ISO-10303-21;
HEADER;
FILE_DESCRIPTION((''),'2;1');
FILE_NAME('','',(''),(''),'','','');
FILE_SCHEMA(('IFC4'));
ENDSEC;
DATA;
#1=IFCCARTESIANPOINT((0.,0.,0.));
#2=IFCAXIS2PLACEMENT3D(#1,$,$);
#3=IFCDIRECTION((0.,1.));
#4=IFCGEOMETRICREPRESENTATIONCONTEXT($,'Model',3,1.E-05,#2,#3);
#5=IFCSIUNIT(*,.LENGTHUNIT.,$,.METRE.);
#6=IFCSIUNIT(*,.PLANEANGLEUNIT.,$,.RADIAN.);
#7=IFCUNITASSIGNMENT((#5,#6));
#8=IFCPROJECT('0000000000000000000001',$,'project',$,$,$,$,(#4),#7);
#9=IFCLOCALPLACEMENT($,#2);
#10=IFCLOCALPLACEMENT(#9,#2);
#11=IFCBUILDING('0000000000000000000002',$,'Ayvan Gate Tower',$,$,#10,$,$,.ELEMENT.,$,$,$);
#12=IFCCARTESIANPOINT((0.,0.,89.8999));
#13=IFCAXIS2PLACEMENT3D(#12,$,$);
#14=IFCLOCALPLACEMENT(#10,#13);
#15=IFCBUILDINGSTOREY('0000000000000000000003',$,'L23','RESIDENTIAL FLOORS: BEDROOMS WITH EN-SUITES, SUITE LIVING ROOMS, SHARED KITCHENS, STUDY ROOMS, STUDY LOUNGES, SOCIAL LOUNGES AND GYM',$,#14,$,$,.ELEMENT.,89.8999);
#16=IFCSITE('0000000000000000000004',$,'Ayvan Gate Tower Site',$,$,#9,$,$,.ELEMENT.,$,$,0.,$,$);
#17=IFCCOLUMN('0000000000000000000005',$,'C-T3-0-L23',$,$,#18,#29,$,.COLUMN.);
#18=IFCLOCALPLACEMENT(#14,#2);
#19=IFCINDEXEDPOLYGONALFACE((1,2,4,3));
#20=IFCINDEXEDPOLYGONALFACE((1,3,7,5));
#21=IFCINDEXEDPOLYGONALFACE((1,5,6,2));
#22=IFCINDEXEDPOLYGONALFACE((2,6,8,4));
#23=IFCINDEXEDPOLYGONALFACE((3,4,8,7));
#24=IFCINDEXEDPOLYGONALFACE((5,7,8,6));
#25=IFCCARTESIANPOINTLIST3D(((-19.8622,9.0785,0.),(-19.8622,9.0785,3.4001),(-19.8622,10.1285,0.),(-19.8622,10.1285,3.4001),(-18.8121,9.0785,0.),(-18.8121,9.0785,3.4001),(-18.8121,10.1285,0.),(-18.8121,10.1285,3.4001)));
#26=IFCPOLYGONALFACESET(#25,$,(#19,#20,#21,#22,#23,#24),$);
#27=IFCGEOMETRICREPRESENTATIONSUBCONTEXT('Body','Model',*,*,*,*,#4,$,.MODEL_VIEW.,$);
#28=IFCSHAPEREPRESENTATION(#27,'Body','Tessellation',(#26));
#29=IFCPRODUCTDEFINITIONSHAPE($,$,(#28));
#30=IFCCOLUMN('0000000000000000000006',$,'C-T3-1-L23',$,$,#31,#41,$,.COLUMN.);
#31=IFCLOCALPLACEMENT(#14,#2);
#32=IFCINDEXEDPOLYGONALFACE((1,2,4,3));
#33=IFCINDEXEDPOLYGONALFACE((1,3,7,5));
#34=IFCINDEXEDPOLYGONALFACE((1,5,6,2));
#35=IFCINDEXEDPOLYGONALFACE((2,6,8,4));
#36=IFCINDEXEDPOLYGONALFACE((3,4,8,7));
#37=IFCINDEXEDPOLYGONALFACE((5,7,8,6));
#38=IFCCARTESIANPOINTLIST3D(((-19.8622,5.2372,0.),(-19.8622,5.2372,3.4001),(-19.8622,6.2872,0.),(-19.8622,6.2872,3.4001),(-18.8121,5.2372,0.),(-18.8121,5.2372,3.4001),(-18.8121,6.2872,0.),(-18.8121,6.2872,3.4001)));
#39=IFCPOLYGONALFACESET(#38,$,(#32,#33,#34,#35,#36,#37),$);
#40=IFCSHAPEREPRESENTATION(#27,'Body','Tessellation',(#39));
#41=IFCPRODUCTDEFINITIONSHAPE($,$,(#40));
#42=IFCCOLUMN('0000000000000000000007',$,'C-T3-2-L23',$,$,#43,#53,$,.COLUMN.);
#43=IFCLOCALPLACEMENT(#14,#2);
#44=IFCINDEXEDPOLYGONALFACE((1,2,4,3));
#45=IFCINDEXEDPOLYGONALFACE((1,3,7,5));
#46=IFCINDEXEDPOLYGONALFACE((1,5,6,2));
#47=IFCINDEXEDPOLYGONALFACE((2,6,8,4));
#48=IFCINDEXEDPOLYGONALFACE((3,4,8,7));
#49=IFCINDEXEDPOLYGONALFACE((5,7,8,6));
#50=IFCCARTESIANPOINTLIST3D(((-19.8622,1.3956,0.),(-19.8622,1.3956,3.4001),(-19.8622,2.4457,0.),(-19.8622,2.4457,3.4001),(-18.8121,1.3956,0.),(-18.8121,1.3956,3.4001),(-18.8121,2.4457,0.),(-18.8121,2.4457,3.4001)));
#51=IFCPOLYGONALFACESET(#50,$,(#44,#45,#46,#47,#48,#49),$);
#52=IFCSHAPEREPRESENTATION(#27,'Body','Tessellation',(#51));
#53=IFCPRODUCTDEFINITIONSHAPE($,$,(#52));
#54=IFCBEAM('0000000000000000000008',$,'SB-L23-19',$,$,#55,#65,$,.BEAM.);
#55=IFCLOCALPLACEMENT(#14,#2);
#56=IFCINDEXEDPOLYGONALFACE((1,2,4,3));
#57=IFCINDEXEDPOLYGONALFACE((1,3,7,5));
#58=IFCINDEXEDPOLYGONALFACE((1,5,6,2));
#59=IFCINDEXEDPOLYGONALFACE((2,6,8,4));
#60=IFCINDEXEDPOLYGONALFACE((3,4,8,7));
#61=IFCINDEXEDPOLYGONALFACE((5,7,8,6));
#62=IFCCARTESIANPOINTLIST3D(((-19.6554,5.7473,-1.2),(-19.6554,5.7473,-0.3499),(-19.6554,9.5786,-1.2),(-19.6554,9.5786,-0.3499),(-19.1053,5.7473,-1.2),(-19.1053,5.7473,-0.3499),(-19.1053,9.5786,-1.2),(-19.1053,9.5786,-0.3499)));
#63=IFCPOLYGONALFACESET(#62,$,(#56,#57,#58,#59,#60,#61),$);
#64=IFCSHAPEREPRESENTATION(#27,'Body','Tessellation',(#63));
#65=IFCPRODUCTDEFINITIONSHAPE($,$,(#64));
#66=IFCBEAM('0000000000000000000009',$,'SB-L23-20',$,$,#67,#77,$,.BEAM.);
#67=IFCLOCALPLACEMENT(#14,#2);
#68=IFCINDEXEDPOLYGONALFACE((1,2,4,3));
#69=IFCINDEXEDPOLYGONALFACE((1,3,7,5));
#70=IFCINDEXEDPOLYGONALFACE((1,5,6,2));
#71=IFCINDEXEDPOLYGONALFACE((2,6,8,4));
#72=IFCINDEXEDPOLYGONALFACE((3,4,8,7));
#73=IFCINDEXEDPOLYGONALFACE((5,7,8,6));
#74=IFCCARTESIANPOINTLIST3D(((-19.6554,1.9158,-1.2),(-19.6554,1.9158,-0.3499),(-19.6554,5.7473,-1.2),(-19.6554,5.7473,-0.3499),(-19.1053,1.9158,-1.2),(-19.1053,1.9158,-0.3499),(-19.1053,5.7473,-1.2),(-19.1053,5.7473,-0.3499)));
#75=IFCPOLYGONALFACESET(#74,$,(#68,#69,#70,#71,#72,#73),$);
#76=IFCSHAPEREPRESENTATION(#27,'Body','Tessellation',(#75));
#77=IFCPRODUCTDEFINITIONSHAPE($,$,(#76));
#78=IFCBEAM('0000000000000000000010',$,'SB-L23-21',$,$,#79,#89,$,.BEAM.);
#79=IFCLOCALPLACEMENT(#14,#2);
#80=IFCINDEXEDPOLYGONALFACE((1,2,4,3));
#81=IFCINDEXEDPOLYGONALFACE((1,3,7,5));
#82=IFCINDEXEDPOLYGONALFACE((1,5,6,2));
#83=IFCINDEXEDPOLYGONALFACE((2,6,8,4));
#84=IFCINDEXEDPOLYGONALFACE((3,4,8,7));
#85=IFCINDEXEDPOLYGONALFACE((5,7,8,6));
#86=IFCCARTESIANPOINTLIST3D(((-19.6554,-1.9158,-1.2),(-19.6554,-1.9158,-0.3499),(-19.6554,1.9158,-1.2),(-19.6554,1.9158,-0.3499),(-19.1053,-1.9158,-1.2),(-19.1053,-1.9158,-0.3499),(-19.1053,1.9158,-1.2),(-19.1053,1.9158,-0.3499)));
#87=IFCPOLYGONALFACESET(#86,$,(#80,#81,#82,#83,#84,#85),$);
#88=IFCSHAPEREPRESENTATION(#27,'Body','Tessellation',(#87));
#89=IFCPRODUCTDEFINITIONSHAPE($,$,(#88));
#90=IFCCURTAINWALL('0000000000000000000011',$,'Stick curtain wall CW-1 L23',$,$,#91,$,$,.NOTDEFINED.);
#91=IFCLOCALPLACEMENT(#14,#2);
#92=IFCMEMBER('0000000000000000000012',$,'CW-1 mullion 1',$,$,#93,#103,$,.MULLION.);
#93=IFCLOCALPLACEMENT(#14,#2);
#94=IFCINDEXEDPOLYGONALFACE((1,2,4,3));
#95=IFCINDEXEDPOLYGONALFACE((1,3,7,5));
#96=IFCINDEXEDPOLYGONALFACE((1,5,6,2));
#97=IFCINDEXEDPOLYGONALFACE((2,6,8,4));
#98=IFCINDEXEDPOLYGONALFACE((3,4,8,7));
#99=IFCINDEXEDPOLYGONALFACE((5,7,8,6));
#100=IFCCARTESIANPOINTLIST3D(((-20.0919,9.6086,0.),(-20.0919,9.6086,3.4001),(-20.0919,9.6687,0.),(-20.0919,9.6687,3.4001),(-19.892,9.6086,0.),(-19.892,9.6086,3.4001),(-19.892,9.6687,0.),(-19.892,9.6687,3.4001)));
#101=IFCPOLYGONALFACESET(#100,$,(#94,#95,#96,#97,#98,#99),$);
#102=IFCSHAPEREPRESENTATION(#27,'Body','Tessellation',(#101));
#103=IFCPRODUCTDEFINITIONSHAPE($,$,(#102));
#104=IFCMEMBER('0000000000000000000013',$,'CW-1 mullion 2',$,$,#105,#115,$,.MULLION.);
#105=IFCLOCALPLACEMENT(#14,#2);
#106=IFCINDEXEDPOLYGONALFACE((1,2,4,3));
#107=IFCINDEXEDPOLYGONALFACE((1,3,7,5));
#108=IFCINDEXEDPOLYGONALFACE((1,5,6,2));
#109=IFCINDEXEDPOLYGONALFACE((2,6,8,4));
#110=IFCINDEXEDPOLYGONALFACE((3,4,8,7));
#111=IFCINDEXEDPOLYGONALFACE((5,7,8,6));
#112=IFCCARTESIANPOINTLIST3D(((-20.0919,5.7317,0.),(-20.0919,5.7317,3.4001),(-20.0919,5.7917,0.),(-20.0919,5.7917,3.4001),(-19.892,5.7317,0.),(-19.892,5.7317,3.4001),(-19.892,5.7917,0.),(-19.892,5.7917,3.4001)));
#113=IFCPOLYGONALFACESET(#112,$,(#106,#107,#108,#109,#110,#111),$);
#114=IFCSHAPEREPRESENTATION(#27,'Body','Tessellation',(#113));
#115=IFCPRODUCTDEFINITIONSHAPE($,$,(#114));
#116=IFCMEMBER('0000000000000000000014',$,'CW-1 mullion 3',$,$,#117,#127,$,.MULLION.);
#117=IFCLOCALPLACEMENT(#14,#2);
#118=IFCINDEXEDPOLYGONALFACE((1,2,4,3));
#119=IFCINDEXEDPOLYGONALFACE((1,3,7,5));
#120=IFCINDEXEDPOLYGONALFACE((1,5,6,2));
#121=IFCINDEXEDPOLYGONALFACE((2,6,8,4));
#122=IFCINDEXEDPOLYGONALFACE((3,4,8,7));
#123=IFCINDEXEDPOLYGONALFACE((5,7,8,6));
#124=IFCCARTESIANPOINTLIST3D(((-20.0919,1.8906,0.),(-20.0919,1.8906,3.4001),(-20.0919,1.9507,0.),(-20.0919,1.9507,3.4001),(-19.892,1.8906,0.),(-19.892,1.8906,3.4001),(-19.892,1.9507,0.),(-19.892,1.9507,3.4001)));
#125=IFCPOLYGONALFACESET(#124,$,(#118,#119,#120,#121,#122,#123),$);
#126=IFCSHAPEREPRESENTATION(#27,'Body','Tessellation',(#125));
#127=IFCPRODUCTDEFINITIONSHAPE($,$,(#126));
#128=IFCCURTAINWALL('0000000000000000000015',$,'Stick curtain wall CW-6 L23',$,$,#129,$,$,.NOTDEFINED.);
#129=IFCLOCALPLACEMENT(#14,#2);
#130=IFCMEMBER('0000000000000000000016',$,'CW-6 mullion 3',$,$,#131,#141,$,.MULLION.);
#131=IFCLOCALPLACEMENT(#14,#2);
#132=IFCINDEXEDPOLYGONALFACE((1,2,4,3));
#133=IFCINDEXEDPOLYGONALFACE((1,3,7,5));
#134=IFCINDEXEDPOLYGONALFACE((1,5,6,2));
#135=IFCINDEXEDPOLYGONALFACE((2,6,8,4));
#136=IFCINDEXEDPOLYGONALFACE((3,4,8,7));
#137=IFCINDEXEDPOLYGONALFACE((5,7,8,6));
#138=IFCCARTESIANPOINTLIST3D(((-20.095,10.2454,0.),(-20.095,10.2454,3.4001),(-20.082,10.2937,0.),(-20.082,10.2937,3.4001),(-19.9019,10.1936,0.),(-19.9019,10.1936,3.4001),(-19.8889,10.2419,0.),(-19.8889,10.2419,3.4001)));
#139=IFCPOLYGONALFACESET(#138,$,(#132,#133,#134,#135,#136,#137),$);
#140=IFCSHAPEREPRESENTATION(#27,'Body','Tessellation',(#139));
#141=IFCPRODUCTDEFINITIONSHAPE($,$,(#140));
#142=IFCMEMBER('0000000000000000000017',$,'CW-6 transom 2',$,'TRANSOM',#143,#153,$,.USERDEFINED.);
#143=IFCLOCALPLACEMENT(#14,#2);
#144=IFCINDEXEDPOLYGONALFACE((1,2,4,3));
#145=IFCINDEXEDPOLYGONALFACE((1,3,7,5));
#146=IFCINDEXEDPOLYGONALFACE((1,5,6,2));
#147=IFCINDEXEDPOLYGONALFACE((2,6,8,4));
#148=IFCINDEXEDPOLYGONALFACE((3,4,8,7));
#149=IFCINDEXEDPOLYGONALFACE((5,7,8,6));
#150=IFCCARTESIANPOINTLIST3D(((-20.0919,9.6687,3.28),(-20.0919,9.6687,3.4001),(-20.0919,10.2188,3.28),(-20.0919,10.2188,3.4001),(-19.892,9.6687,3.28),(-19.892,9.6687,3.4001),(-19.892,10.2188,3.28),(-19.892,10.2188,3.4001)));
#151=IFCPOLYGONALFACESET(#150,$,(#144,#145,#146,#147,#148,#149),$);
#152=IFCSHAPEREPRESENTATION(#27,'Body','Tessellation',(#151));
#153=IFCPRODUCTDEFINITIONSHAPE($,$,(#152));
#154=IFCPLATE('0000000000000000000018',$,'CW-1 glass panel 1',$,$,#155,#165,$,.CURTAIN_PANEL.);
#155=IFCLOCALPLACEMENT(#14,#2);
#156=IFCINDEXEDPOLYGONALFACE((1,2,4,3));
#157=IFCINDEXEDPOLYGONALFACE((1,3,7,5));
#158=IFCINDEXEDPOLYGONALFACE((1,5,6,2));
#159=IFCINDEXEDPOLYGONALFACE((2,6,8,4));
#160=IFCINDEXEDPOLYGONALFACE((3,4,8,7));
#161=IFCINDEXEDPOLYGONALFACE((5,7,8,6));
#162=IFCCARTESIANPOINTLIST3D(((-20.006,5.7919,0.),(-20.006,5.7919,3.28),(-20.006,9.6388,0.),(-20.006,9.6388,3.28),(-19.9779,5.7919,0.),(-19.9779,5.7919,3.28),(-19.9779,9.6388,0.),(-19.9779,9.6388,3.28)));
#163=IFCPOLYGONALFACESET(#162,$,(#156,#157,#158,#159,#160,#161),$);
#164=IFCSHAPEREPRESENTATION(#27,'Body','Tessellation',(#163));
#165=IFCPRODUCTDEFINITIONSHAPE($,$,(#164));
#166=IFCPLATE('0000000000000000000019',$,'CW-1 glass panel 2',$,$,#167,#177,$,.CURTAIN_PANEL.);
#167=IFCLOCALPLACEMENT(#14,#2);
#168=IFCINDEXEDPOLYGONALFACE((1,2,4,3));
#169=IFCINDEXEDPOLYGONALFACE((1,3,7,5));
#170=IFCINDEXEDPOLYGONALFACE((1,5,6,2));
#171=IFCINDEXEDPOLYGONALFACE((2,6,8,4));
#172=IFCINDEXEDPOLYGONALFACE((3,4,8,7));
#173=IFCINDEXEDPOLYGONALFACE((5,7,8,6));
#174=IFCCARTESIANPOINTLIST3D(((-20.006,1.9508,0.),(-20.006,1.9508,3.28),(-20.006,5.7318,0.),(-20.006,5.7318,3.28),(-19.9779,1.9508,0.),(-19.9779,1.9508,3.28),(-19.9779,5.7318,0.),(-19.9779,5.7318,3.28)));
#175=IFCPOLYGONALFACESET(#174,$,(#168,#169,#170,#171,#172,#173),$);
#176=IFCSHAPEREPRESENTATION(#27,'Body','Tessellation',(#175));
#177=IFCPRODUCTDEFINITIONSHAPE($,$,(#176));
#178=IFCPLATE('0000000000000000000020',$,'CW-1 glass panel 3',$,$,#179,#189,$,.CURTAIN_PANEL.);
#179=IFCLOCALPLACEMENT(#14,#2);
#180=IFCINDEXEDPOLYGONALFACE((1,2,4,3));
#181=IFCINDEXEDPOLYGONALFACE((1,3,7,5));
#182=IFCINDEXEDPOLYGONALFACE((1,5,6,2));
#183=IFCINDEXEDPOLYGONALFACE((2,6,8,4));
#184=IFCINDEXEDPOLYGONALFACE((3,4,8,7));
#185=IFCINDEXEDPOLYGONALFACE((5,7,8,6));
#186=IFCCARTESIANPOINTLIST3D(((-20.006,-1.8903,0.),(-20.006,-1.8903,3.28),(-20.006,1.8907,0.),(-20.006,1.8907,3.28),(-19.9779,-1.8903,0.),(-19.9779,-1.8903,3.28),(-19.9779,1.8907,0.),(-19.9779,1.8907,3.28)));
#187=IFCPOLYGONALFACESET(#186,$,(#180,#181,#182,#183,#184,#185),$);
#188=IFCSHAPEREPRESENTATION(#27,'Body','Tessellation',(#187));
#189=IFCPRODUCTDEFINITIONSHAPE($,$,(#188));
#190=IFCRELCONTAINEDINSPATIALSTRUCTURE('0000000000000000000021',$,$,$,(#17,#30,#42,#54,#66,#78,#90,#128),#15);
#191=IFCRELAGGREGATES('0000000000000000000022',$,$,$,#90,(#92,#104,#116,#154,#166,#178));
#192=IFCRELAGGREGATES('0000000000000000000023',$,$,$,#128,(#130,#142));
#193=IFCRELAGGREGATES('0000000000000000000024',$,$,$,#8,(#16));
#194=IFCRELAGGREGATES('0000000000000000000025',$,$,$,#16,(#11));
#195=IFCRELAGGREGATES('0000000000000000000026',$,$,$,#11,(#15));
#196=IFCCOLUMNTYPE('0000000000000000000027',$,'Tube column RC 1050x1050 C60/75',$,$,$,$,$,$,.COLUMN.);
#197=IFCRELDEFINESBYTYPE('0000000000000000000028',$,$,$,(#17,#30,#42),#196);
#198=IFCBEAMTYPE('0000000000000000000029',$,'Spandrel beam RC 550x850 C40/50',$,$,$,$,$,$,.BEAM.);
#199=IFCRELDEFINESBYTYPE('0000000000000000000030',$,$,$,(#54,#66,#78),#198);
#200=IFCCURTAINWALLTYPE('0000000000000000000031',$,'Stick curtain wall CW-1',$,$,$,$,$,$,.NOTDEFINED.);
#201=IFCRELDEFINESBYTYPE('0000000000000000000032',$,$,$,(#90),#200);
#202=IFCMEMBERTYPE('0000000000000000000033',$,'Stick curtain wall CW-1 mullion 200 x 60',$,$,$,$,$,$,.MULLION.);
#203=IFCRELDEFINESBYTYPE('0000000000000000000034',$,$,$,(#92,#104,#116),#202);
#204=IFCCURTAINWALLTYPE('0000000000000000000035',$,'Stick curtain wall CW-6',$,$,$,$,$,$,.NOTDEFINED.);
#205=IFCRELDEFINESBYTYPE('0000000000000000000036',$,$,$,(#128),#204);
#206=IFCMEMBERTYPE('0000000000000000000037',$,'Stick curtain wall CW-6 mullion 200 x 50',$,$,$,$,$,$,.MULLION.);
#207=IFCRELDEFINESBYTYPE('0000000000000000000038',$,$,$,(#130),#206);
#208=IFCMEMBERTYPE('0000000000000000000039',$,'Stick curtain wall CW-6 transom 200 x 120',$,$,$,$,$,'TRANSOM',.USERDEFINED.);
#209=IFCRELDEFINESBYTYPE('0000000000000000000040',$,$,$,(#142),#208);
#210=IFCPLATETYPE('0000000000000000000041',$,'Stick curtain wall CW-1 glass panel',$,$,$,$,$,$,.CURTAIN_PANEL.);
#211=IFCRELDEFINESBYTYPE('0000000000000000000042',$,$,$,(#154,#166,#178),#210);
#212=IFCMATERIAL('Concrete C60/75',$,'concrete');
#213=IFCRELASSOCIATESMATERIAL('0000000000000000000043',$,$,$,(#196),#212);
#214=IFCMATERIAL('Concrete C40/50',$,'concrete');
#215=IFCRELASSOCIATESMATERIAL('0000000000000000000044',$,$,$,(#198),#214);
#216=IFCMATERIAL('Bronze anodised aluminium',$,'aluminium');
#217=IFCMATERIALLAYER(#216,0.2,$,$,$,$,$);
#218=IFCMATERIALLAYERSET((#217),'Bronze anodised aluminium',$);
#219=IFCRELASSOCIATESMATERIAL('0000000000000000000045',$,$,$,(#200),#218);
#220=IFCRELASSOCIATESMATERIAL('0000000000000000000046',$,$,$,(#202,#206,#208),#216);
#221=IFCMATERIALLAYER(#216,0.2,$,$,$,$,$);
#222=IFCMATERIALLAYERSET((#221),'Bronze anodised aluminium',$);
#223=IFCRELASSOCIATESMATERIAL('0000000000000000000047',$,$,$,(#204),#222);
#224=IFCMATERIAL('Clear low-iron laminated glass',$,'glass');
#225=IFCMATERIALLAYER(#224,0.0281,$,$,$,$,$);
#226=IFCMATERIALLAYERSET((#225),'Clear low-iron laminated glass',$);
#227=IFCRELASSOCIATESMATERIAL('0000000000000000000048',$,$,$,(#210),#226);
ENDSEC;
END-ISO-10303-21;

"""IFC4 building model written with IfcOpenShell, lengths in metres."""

from ifc_helpers import new_model, si_unit, direction, frame, origin, origin_2d, place, context, subcontext, project, spatial, rectangle, extrude, material, layer, layer_set, material_profile, profile_set, type_object, element, aggregate, save


model = new_model("IFC4")

# Units and contexts
model_context = context("Model", 3, precision=1e-05, world=origin(), true_north=direction((0.0, 1.0)))
body_context = subcontext(model_context, "Body", "Model", "MODEL_VIEW")
ifc_project = project(units=[si_unit("LENGTHUNIT", "METRE"), si_unit("PLANEANGLEUNIT", "RADIAN")], contexts=[model_context])

# Site, building, storey
site_placement = place(None, origin())
site = spatial("IfcSite", under=ifc_project, at=site_placement, Name="Ayvan Gate Tower Site", CompositionType="ELEMENT", RefElevation=0.0)
building_placement = place(site_placement, origin())
building = spatial("IfcBuilding", under=site, at=building_placement, Name="Ayvan Gate Tower", CompositionType="ELEMENT")
storey_placement = place(building_placement, frame((0.0, 0.0, 89.8999)))
storey = spatial("IfcBuildingStorey", under=building, at=storey_placement, Name="L23", Description="RESIDENTIAL FLOORS: BEDROOMS WITH EN-SUITES, SUITE LIVING ROOMS, SHARED KITCHENS, STUDY ROOMS, STUDY LOUNGES, SOCIAL LOUNGES AND GYM", CompositionType="ELEMENT", Elevation=89.8999)

# Columns
ifc_material_1 = material(Name="Concrete C60/75", Category="concrete")
ifc_material_profile_1 = material_profile(ifc_material_1, rectangle(XDim=1.05, YDim=1.05, at=origin_2d()), Name="RC 1050x1050")
ifc_profile_set_1 = profile_set([ifc_material_profile_1], Name="Concrete C60/75")
column_type = type_object("IfcColumnType", Name="Tube column RC 1050x1050 C60/75", PredefinedType="COLUMN", material=ifc_profile_set_1)
for number, where, z_axis, x_axis, name in (
    (1, (-19.3372, 9.6035, 0.0), (0.0, 0.0, 1.0), (-1.0, 0.0, 0.0), "C-T3-0-L23"),
    (2, (-19.3372, 5.7622, 0.0), (0.0, 0.0, 1.0), (-1.0, 0.0, 0.0), "C-T3-1-L23"),
    (3, (-19.3372, 1.9207, 0.0), (0.0, 0.0, 1.0), (-1.0, 0.0, 0.0), "C-T3-2-L23"),
):
    element("IfcColumn", number, at=place(storey_placement, frame(where, z_axis=z_axis, x_axis=x_axis)), inside=storey, type_object=column_type, Name=name, PredefinedType="COLUMN", context=body_context, shape_type="SweptSolid", body=[
        extrude(rectangle(XDim=1.05, YDim=1.05, at=origin_2d()), origin(), (0.0, 0.0, 1.0), 3.4001),
    ])

# Beams
ifc_material_2 = material(Name="Concrete C40/50", Category="concrete")
ifc_material_profile_2 = material_profile(ifc_material_2, rectangle(XDim=0.55, YDim=0.8501, at=origin_2d()), Name="RC 550x850")
ifc_profile_set_2 = profile_set([ifc_material_profile_2], Name="Concrete C40/50")
beam_type = type_object("IfcBeamType", Name="Spandrel beam RC 550x850 C40/50", PredefinedType="BEAM", material=ifc_profile_set_2)
beam_placement = place(storey_placement, frame((-19.3804, 9.5786, -0.7749), z_axis=(0.0, -1.0, 0.0), x_axis=(1.0, 0.0, 0.0)))
element("IfcBeam", 4, at=beam_placement, inside=storey, type_object=beam_type, Name="SB-L23-19", PredefinedType="BEAM", context=body_context, shape_type="SweptSolid", body=[
    extrude(rectangle(XDim=0.55, YDim=0.8501, at=origin_2d()), origin(), (0.0, 0.0, 1.0), 3.8313),
])
for number, where, z_axis, x_axis, name in (
    (5, (-19.3804, 5.7473, -0.7749), (0.0, -1.0, 0.0), (1.0, 0.0, 0.0), "SB-L23-20"),
    (6, (-19.3804, 1.9158, -0.7749), (0.0, -1.0, 0.0), (1.0, 0.0, 0.0), "SB-L23-21"),
):
    element("IfcBeam", number, at=place(storey_placement, frame(where, z_axis=z_axis, x_axis=x_axis)), inside=storey, type_object=beam_type, Name=name, PredefinedType="BEAM", context=body_context, shape_type="SweptSolid", body=[
        extrude(rectangle(XDim=0.55, YDim=0.8501, at=origin_2d()), origin(), (0.0, 0.0, 1.0), 3.8315),
    ])

# Curtain walls, members
ifc_material_3 = material(Name="Bronze anodised aluminium", Category="aluminium")
ifc_layer_1 = layer(ifc_material_3, 0.2)
ifc_layer_set_1 = layer_set([ifc_layer_1], Name="Bronze anodised aluminium")
curtain_wall_type_1 = type_object("IfcCurtainWallType", Name="Stick curtain wall CW-1", PredefinedType="NOTDEFINED", material=ifc_layer_set_1)
curtain_wall_1_placement = place(storey_placement, origin())
curtain_wall_1 = element("IfcCurtainWall", 7, at=curtain_wall_1_placement, inside=storey, type_object=curtain_wall_type_1, Name="Stick curtain wall CW-1 L23", PredefinedType="NOTDEFINED")
ifc_material_profile_3 = material_profile(ifc_material_3, rectangle(XDim=0.2, YDim=0.0601, at=origin_2d()), Name="Stick curtain wall CW-1 mullion 200 x 60")
ifc_profile_set_3 = profile_set([ifc_material_profile_3], Name="Bronze anodised aluminium")
member_type_1 = type_object("IfcMemberType", Name="Stick curtain wall CW-1 mullion 200 x 60", PredefinedType="MULLION", material=ifc_profile_set_3)
member_1_placement = place(storey_placement, frame((-19.9919, 9.6387, 0.0), z_axis=(0.0, 0.0, 1.0), x_axis=(-1.0, 0.0, 0.0)))
member_1 = element("IfcMember", 8, at=member_1_placement, type_object=member_type_1, Name="CW-1 mullion 1", PredefinedType="MULLION", context=body_context, shape_type="SweptSolid", body=[
    extrude(rectangle(XDim=0.2, YDim=0.0601, at=origin_2d()), origin(), (0.0, 0.0, 1.0), 3.4001),
])
member_2_placement = place(storey_placement, frame((-19.9919, 5.7617, 0.0), z_axis=(0.0, 0.0, 1.0), x_axis=(-1.0, 0.0, 0.0)))
member_2 = element("IfcMember", 9, at=member_2_placement, type_object=member_type_1, Name="CW-1 mullion 2", PredefinedType="MULLION", context=body_context, shape_type="SweptSolid", body=[
    extrude(rectangle(XDim=0.2, YDim=0.0601, at=origin_2d()), origin(), (0.0, 0.0, 1.0), 3.4001),
])
member_3_placement = place(storey_placement, frame((-19.9919, 1.9207, 0.0), z_axis=(0.0, 0.0, 1.0), x_axis=(-1.0, 0.0, 0.0)))
member_3 = element("IfcMember", 10, at=member_3_placement, type_object=member_type_1, Name="CW-1 mullion 3", PredefinedType="MULLION", context=body_context, shape_type="SweptSolid", body=[
    extrude(rectangle(XDim=0.2, YDim=0.0601, at=origin_2d()), origin(), (0.0, 0.0, 1.0), 3.4001),
])
ifc_layer_2 = layer(ifc_material_3, 0.2)
ifc_layer_set_2 = layer_set([ifc_layer_2], Name="Bronze anodised aluminium")
curtain_wall_type_2 = type_object("IfcCurtainWallType", Name="Stick curtain wall CW-6", PredefinedType="NOTDEFINED", material=ifc_layer_set_2)
curtain_wall_2_placement = place(storey_placement, origin())
curtain_wall_2 = element("IfcCurtainWall", 11, at=curtain_wall_2_placement, inside=storey, type_object=curtain_wall_type_2, Name="Stick curtain wall CW-6 L23", PredefinedType="NOTDEFINED")
ifc_material_profile_4 = material_profile(ifc_material_3, rectangle(XDim=0.2, YDim=0.05, at=origin_2d()), Name="Stick curtain wall CW-6 mullion 200 x 50")
ifc_profile_set_4 = profile_set([ifc_material_profile_4], Name="Bronze anodised aluminium")
member_type_2 = type_object("IfcMemberType", Name="Stick curtain wall CW-6 mullion 200 x 50", PredefinedType="MULLION", material=ifc_profile_set_4)
member_4_placement = place(storey_placement, frame((-19.9919, 10.2437, 0.0), z_axis=(0.0, 0.0, 1.0), x_axis=(-0.965926, 0.258819, 0.0)))
member_4 = element("IfcMember", 12, at=member_4_placement, type_object=member_type_2, Name="CW-6 mullion 3", PredefinedType="MULLION", context=body_context, shape_type="SweptSolid", body=[
    extrude(rectangle(XDim=0.2, YDim=0.05, at=origin_2d()), origin(), (0.0, 0.0, 1.0), 3.4001),
])
ifc_material_profile_5 = material_profile(ifc_material_3, rectangle(XDim=0.2, YDim=0.1201, at=origin_2d()), Name="Stick curtain wall CW-6 transom 200 x 120")
ifc_profile_set_5 = profile_set([ifc_material_profile_5], Name="Bronze anodised aluminium")
member_type_3 = type_object("IfcMemberType", Name="Stick curtain wall CW-6 transom 200 x 120", ElementType="TRANSOM", PredefinedType="USERDEFINED", material=ifc_profile_set_5)
member_5_placement = place(storey_placement, frame((-19.9919, 10.2188, 3.3401), z_axis=(0.0, -1.0, 0.0), x_axis=(1.0, 0.0, 0.0)))
member_5 = element("IfcMember", 13, at=member_5_placement, type_object=member_type_3, Name="CW-6 transom 2", ObjectType="TRANSOM", PredefinedType="USERDEFINED", context=body_context, shape_type="SweptSolid", body=[
    extrude(rectangle(XDim=0.2, YDim=0.1201, at=origin_2d()), origin(), (0.0, 0.0, 1.0), 0.55),
])

# Plates
ifc_material_4 = material(Name="Clear low-iron laminated glass", Category="glass")
ifc_layer_3 = layer(ifc_material_4, 0.0281)
ifc_layer_set_3 = layer_set([ifc_layer_3], Name="Clear low-iron laminated glass")
plate_type_1 = type_object("IfcPlateType", Name="Stick curtain wall CW-1 glass panel", PredefinedType="CURTAIN_PANEL", material=ifc_layer_set_3)
plate_1_placement = place(storey_placement, frame((-19.9919, 7.7153, 0.0), z_axis=(0.0, 0.0, 1.0), x_axis=(0.0, -1.0, 0.0)))
plate_1 = element("IfcPlate", 14, at=plate_1_placement, type_object=plate_type_1, Name="CW-1 glass panel 1", PredefinedType="CURTAIN_PANEL", context=body_context, shape_type="SweptSolid", body=[
    extrude(rectangle(XDim=3.8469, YDim=0.0281, at=origin_2d()), origin(), (0.0, 0.0, 1.0), 3.28),
])
plate_2_placement = place(storey_placement, frame((-19.9919, 3.8413, 0.0), z_axis=(0.0, 0.0, 1.0), x_axis=(0.0, -1.0, 0.0)))
plate_2 = element("IfcPlate", 15, at=plate_2_placement, type_object=plate_type_1, Name="CW-1 glass panel 2", PredefinedType="CURTAIN_PANEL", context=body_context, shape_type="SweptSolid", body=[
    extrude(rectangle(XDim=3.781, YDim=0.0281, at=origin_2d()), origin(), (0.0, 0.0, 1.0), 3.28),
])
plate_3_placement = place(storey_placement, frame((-19.9919, 0.0002, 0.0), z_axis=(0.0, 0.0, 1.0), x_axis=(0.0, -1.0, 0.0)))
plate_3 = element("IfcPlate", 16, at=plate_3_placement, type_object=plate_type_1, Name="CW-1 glass panel 3", PredefinedType="CURTAIN_PANEL", context=body_context, shape_type="SweptSolid", body=[
    extrude(rectangle(XDim=3.781, YDim=0.0281, at=origin_2d()), origin(), (0.0, 0.0, 1.0), 3.28),
])
aggregate(curtain_wall_1, [member_1, member_2, member_3, plate_1, plate_2, plate_3])
aggregate(curtain_wall_2, [member_4, member_5])

save(model, "model.ifc")
